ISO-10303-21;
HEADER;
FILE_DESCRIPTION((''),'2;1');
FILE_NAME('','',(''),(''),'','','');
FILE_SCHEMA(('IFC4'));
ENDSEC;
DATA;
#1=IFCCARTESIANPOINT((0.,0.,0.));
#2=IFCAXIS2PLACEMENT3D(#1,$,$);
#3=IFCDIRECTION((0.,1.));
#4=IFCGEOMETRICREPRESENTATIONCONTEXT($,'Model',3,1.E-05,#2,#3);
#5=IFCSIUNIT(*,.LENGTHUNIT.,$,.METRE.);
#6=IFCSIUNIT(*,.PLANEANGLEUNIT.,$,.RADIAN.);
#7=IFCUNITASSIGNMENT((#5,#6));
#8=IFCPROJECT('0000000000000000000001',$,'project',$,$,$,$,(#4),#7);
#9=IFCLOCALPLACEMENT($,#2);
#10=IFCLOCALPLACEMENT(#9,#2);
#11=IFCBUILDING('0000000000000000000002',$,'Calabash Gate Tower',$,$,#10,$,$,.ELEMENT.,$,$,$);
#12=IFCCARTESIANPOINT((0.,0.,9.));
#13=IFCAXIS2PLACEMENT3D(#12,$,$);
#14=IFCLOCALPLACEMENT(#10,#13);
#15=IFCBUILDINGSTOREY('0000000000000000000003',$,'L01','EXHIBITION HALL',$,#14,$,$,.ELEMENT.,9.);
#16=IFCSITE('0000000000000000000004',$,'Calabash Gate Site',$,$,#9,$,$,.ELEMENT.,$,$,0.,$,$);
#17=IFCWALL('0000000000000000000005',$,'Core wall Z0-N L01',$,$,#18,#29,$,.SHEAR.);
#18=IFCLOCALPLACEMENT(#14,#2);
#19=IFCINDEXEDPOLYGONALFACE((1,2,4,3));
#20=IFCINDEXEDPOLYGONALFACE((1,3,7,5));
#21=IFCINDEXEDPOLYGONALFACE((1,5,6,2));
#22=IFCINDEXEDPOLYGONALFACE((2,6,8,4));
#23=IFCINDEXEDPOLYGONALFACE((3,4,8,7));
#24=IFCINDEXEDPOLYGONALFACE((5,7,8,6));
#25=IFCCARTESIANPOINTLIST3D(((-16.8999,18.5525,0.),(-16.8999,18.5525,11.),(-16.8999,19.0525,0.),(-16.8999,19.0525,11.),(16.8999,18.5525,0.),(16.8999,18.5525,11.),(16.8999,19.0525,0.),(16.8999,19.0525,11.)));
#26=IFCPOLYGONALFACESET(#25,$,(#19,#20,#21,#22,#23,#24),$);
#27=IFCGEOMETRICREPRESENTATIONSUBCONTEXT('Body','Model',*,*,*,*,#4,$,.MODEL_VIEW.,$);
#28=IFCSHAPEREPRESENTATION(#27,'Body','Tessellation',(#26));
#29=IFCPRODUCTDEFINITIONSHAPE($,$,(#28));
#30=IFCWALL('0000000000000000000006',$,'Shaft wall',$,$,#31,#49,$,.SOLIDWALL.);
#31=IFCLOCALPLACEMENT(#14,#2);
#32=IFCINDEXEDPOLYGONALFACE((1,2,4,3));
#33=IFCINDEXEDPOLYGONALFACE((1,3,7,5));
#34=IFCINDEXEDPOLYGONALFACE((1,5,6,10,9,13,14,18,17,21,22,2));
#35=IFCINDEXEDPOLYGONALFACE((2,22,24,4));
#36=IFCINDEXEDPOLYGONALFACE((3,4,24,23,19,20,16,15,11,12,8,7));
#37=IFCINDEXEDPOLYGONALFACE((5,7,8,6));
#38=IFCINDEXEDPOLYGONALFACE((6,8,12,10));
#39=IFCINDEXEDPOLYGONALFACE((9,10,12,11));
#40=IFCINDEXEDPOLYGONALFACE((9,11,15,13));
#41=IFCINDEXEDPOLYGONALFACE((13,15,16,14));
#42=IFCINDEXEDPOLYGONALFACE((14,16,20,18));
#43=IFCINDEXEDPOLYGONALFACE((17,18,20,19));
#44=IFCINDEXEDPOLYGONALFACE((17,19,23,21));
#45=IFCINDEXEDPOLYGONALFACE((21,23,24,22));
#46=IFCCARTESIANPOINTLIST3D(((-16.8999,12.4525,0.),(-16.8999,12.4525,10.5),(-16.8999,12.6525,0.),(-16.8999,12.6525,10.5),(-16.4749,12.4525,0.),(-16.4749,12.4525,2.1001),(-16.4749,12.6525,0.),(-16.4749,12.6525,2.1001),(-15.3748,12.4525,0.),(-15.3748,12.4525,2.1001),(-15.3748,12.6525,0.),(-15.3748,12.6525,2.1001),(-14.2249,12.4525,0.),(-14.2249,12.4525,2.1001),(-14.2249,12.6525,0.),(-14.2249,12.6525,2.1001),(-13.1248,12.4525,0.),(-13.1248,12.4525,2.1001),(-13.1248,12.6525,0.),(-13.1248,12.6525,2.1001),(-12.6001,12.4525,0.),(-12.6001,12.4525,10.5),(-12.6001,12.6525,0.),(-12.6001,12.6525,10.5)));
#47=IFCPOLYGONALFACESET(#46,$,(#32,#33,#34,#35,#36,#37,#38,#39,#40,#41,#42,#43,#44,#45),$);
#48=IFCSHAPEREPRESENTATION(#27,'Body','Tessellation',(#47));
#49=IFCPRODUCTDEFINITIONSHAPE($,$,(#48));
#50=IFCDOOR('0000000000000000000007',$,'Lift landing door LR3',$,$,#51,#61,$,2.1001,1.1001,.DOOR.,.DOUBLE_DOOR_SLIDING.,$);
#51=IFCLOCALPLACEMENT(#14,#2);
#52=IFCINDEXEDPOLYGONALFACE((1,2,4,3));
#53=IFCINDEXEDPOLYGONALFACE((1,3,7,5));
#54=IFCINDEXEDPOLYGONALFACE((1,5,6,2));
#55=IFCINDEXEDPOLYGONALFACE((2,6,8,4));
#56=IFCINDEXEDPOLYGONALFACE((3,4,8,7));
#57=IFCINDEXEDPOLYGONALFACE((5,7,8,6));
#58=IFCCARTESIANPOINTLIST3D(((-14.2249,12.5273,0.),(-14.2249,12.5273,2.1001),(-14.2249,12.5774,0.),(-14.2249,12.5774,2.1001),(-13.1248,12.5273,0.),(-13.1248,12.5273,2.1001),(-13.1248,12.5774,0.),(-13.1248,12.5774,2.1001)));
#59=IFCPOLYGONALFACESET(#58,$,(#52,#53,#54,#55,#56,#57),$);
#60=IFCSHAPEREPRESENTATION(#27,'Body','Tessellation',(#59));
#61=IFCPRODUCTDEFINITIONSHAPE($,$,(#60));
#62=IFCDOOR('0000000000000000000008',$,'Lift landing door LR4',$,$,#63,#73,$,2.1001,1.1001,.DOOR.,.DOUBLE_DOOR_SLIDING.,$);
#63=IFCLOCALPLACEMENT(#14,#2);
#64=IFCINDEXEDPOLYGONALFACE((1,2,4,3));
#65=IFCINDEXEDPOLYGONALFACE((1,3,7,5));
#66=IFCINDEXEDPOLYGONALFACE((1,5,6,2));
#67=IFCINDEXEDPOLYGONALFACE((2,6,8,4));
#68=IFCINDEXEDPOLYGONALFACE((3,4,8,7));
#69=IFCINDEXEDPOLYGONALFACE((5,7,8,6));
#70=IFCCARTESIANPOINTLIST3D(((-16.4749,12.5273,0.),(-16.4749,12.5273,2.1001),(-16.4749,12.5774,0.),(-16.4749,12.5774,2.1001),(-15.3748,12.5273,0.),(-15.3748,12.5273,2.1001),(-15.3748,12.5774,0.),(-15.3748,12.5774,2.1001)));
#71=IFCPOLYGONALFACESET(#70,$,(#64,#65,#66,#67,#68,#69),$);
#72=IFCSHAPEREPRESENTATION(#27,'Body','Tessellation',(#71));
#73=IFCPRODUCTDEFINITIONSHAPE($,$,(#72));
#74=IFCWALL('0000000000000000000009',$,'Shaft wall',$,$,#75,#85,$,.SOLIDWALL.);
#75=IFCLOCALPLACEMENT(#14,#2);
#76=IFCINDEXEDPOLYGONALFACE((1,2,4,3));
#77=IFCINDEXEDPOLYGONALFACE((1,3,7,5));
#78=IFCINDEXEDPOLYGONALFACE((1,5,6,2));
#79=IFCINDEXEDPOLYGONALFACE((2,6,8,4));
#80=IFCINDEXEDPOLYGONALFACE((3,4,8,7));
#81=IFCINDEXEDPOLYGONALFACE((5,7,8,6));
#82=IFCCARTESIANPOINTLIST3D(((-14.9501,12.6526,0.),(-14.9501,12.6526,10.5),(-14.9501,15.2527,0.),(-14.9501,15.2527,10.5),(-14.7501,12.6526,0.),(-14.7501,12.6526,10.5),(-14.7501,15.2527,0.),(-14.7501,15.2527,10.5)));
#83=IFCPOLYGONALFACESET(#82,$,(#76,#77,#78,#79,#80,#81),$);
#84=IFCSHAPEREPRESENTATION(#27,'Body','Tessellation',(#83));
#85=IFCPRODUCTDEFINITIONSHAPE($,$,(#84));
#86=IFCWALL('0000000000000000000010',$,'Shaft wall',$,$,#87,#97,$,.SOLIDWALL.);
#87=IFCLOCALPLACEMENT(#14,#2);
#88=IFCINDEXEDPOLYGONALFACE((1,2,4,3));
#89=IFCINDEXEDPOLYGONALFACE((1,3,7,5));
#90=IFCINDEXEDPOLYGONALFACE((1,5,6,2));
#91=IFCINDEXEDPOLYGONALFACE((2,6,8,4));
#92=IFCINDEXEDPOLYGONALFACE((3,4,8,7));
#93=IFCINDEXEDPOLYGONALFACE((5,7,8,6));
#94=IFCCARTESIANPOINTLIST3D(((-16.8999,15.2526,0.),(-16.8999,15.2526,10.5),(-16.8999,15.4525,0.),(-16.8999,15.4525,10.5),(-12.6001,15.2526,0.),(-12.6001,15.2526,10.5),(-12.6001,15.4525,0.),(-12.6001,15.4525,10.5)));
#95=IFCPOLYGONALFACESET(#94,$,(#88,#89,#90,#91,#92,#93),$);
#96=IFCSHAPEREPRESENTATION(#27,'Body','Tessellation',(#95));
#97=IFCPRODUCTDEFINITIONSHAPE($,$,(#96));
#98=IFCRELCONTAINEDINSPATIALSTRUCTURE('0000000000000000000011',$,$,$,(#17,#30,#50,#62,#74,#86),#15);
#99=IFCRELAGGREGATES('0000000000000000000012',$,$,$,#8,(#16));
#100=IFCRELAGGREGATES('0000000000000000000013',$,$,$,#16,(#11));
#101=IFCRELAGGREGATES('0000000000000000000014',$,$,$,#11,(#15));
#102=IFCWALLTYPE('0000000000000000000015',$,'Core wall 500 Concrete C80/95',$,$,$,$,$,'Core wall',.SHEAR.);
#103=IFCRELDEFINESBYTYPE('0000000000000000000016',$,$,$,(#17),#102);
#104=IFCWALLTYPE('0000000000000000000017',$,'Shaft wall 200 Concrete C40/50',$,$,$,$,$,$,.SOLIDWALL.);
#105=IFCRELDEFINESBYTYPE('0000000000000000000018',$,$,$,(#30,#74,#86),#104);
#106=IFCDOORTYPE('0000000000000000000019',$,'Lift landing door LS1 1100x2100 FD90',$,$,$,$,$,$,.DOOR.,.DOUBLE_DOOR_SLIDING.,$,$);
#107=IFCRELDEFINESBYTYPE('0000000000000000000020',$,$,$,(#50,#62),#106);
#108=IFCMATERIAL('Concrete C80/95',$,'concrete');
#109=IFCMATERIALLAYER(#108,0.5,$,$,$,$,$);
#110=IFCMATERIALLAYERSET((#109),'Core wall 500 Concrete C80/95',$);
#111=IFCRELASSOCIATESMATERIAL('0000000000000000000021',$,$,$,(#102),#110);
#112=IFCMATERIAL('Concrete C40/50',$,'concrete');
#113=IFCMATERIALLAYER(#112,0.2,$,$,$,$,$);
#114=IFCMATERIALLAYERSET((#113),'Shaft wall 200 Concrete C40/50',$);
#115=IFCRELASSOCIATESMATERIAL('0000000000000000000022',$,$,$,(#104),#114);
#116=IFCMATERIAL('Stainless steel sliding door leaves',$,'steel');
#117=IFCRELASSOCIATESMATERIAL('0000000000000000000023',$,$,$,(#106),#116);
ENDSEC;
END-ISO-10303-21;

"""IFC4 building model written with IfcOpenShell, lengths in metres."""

from ifc_helpers import new_model, si_unit, direction, frame, frame_2d, origin, place, context, subcontext, project, spatial, rectangle, extrude, material, layer, layer_set, type_object, element, fill, save


model = new_model("IFC4")

# Units and contexts
model_context = context("Model", 3, precision=1e-05, world=origin(), true_north=direction((0.0, 1.0)))
body_context = subcontext(model_context, "Body", "Model", "MODEL_VIEW")
ifc_project = project(units=[si_unit("LENGTHUNIT", "METRE"), si_unit("PLANEANGLEUNIT", "RADIAN")], contexts=[model_context])

# Site, building, storey
site_placement = place(None, origin())
site = spatial("IfcSite", under=ifc_project, at=site_placement, Name="Calabash Gate Site", CompositionType="ELEMENT", RefElevation=0.0)
building_placement = place(site_placement, origin())
building = spatial("IfcBuilding", under=site, at=building_placement, Name="Calabash Gate Tower", CompositionType="ELEMENT")
storey_placement = place(building_placement, frame((0.0, 0.0, 9.0)))
storey = spatial("IfcBuildingStorey", under=building, at=storey_placement, Name="L01", Description="EXHIBITION HALL", CompositionType="ELEMENT", Elevation=9.0)

# Wall
ifc_material_1 = material(Name="Concrete C80/95", Category="concrete")
ifc_layer_1 = layer(ifc_material_1, 0.5)
ifc_layer_set_1 = layer_set([ifc_layer_1], Name="Core wall 500 Concrete C80/95")
wall_type_1 = type_object("IfcWallType", Name="Core wall 500 Concrete C80/95", ElementType="Core wall", PredefinedType="SHEAR", material=ifc_layer_set_1)
wall_1_placement = place(storey_placement, frame((-16.8999, 18.8025, 0.0), z_axis=(0.0, 0.0, 1.0), x_axis=(1.0, 0.0, 0.0)))
element("IfcWall", 1, at=wall_1_placement, inside=storey, type_object=wall_type_1, Name="Core wall Z0-N L01", PredefinedType="SHEAR", context=body_context, shape_type="SweptSolid", body=[
    extrude(rectangle(XDim=33.7998, YDim=0.5, at=frame_2d((16.8999, 0.0))), origin(), (0.0, 0.0, 1.0), 11.0),
])

# Wall, openings, doors
ifc_material_2 = material(Name="Concrete C40/50", Category="concrete")
ifc_layer_2 = layer(ifc_material_2, 0.2)
ifc_layer_set_2 = layer_set([ifc_layer_2], Name="Shaft wall 200 Concrete C40/50")
wall_type_2 = type_object("IfcWallType", Name="Shaft wall 200 Concrete C40/50", PredefinedType="SOLIDWALL", material=ifc_layer_set_2)
wall_2_placement = place(storey_placement, frame((-16.8999, 12.5525, 0.0), z_axis=(0.0, 0.0, 1.0), x_axis=(1.0, 0.0, 0.0)))
wall_2 = element("IfcWall", 2, at=wall_2_placement, inside=storey, type_object=wall_type_2, Name="Shaft wall", PredefinedType="SOLIDWALL", context=body_context, shape_type="SweptSolid", body=[
    extrude(rectangle(XDim=4.2998, YDim=0.2, at=frame_2d((2.1499, 0.0))), origin(), (0.0, 0.0, 1.0), 10.5),
])
opening_1_placement = place(wall_2_placement, frame((2.675, 0.0, 0.0)))
opening_1 = element("IfcOpeningElement", 3, at=opening_1_placement, cuts=wall_2, PredefinedType="OPENING", context=body_context, shape_type="SweptSolid", body=[
    extrude(rectangle(XDim=1.1001, YDim=2.1001, at=frame_2d((0.55, 1.05))), frame((0.0, 0.1099, 0.0), z_axis=(0.0, -1.0, 0.0), x_axis=(1.0, 0.0, 0.0)), (0.0, 0.0, 1.0), 0.22),
])
opening_2_placement = place(wall_2_placement, frame((0.425, 0.0, 0.0)))
opening_2 = element("IfcOpeningElement", 4, at=opening_2_placement, cuts=wall_2, PredefinedType="OPENING", context=body_context, shape_type="SweptSolid", body=[
    extrude(rectangle(XDim=1.1001, YDim=2.1001, at=frame_2d((0.55, 1.05))), frame((0.0, 0.1099, 0.0), z_axis=(0.0, -1.0, 0.0), x_axis=(1.0, 0.0, 0.0)), (0.0, 0.0, 1.0), 0.22),
])
ifc_material_3 = material(Name="Stainless steel sliding door leaves", Category="steel")
door_type = type_object("IfcDoorType", Name="Lift landing door LS1 1100x2100 FD90", OperationType="DOUBLE_DOOR_SLIDING", PredefinedType="DOOR", material=ifc_material_3)
door_1_placement = place(opening_1_placement, origin())
door_1 = element("IfcDoor", 5, at=door_1_placement, inside=storey, type_object=door_type, Name="Lift landing door LR3", OperationType="DOUBLE_DOOR_SLIDING", OverallHeight=2.1001, OverallWidth=1.1001, PredefinedType="DOOR", context=body_context, shape_type="SweptSolid", body=[
    extrude(rectangle(XDim=1.1001, YDim=2.1001, at=frame_2d((0.55, 1.05))), frame((0.0, 0.0249, 0.0), z_axis=(0.0, -1.0, 0.0), x_axis=(1.0, 0.0, 0.0)), (0.0, 0.0, 1.0), 0.05),
])
fill(opening_1, door_1)
door_2_placement = place(opening_2_placement, origin())
door_2 = element("IfcDoor", 6, at=door_2_placement, inside=storey, type_object=door_type, Name="Lift landing door LR4", OperationType="DOUBLE_DOOR_SLIDING", OverallHeight=2.1001, OverallWidth=1.1001, PredefinedType="DOOR", context=body_context, shape_type="SweptSolid", body=[
    extrude(rectangle(XDim=1.1001, YDim=2.1001, at=frame_2d((0.55, 1.05))), frame((0.0, 0.0249, 0.0), z_axis=(0.0, -1.0, 0.0), x_axis=(1.0, 0.0, 0.0)), (0.0, 0.0, 1.0), 0.05),
])
fill(opening_2, door_2)

# Walls
wall_3_placement = place(storey_placement, frame((-14.8501, 12.6526, 0.0), z_axis=(0.0, 0.0, 1.0), x_axis=(0.0, 1.0, 0.0)))
element("IfcWall", 7, at=wall_3_placement, inside=storey, type_object=wall_type_2, Name="Shaft wall", PredefinedType="SOLIDWALL", context=body_context, shape_type="SweptSolid", body=[
    extrude(rectangle(XDim=2.6001, YDim=0.2, at=frame_2d((1.3, 0.0))), origin(), (0.0, 0.0, 1.0), 10.5),
])
wall_4_placement = place(storey_placement, frame((-16.8999, 15.3525, 0.0), z_axis=(0.0, 0.0, 1.0), x_axis=(1.0, 0.0, 0.0)))
element("IfcWall", 8, at=wall_4_placement, inside=storey, type_object=wall_type_2, Name="Shaft wall", PredefinedType="SOLIDWALL", context=body_context, shape_type="SweptSolid", body=[
    extrude(rectangle(XDim=4.2998, YDim=0.2, at=frame_2d((2.1499, 0.0))), origin(), (0.0, 0.0, 1.0), 10.5),
])

save(model, "model.ifc")
